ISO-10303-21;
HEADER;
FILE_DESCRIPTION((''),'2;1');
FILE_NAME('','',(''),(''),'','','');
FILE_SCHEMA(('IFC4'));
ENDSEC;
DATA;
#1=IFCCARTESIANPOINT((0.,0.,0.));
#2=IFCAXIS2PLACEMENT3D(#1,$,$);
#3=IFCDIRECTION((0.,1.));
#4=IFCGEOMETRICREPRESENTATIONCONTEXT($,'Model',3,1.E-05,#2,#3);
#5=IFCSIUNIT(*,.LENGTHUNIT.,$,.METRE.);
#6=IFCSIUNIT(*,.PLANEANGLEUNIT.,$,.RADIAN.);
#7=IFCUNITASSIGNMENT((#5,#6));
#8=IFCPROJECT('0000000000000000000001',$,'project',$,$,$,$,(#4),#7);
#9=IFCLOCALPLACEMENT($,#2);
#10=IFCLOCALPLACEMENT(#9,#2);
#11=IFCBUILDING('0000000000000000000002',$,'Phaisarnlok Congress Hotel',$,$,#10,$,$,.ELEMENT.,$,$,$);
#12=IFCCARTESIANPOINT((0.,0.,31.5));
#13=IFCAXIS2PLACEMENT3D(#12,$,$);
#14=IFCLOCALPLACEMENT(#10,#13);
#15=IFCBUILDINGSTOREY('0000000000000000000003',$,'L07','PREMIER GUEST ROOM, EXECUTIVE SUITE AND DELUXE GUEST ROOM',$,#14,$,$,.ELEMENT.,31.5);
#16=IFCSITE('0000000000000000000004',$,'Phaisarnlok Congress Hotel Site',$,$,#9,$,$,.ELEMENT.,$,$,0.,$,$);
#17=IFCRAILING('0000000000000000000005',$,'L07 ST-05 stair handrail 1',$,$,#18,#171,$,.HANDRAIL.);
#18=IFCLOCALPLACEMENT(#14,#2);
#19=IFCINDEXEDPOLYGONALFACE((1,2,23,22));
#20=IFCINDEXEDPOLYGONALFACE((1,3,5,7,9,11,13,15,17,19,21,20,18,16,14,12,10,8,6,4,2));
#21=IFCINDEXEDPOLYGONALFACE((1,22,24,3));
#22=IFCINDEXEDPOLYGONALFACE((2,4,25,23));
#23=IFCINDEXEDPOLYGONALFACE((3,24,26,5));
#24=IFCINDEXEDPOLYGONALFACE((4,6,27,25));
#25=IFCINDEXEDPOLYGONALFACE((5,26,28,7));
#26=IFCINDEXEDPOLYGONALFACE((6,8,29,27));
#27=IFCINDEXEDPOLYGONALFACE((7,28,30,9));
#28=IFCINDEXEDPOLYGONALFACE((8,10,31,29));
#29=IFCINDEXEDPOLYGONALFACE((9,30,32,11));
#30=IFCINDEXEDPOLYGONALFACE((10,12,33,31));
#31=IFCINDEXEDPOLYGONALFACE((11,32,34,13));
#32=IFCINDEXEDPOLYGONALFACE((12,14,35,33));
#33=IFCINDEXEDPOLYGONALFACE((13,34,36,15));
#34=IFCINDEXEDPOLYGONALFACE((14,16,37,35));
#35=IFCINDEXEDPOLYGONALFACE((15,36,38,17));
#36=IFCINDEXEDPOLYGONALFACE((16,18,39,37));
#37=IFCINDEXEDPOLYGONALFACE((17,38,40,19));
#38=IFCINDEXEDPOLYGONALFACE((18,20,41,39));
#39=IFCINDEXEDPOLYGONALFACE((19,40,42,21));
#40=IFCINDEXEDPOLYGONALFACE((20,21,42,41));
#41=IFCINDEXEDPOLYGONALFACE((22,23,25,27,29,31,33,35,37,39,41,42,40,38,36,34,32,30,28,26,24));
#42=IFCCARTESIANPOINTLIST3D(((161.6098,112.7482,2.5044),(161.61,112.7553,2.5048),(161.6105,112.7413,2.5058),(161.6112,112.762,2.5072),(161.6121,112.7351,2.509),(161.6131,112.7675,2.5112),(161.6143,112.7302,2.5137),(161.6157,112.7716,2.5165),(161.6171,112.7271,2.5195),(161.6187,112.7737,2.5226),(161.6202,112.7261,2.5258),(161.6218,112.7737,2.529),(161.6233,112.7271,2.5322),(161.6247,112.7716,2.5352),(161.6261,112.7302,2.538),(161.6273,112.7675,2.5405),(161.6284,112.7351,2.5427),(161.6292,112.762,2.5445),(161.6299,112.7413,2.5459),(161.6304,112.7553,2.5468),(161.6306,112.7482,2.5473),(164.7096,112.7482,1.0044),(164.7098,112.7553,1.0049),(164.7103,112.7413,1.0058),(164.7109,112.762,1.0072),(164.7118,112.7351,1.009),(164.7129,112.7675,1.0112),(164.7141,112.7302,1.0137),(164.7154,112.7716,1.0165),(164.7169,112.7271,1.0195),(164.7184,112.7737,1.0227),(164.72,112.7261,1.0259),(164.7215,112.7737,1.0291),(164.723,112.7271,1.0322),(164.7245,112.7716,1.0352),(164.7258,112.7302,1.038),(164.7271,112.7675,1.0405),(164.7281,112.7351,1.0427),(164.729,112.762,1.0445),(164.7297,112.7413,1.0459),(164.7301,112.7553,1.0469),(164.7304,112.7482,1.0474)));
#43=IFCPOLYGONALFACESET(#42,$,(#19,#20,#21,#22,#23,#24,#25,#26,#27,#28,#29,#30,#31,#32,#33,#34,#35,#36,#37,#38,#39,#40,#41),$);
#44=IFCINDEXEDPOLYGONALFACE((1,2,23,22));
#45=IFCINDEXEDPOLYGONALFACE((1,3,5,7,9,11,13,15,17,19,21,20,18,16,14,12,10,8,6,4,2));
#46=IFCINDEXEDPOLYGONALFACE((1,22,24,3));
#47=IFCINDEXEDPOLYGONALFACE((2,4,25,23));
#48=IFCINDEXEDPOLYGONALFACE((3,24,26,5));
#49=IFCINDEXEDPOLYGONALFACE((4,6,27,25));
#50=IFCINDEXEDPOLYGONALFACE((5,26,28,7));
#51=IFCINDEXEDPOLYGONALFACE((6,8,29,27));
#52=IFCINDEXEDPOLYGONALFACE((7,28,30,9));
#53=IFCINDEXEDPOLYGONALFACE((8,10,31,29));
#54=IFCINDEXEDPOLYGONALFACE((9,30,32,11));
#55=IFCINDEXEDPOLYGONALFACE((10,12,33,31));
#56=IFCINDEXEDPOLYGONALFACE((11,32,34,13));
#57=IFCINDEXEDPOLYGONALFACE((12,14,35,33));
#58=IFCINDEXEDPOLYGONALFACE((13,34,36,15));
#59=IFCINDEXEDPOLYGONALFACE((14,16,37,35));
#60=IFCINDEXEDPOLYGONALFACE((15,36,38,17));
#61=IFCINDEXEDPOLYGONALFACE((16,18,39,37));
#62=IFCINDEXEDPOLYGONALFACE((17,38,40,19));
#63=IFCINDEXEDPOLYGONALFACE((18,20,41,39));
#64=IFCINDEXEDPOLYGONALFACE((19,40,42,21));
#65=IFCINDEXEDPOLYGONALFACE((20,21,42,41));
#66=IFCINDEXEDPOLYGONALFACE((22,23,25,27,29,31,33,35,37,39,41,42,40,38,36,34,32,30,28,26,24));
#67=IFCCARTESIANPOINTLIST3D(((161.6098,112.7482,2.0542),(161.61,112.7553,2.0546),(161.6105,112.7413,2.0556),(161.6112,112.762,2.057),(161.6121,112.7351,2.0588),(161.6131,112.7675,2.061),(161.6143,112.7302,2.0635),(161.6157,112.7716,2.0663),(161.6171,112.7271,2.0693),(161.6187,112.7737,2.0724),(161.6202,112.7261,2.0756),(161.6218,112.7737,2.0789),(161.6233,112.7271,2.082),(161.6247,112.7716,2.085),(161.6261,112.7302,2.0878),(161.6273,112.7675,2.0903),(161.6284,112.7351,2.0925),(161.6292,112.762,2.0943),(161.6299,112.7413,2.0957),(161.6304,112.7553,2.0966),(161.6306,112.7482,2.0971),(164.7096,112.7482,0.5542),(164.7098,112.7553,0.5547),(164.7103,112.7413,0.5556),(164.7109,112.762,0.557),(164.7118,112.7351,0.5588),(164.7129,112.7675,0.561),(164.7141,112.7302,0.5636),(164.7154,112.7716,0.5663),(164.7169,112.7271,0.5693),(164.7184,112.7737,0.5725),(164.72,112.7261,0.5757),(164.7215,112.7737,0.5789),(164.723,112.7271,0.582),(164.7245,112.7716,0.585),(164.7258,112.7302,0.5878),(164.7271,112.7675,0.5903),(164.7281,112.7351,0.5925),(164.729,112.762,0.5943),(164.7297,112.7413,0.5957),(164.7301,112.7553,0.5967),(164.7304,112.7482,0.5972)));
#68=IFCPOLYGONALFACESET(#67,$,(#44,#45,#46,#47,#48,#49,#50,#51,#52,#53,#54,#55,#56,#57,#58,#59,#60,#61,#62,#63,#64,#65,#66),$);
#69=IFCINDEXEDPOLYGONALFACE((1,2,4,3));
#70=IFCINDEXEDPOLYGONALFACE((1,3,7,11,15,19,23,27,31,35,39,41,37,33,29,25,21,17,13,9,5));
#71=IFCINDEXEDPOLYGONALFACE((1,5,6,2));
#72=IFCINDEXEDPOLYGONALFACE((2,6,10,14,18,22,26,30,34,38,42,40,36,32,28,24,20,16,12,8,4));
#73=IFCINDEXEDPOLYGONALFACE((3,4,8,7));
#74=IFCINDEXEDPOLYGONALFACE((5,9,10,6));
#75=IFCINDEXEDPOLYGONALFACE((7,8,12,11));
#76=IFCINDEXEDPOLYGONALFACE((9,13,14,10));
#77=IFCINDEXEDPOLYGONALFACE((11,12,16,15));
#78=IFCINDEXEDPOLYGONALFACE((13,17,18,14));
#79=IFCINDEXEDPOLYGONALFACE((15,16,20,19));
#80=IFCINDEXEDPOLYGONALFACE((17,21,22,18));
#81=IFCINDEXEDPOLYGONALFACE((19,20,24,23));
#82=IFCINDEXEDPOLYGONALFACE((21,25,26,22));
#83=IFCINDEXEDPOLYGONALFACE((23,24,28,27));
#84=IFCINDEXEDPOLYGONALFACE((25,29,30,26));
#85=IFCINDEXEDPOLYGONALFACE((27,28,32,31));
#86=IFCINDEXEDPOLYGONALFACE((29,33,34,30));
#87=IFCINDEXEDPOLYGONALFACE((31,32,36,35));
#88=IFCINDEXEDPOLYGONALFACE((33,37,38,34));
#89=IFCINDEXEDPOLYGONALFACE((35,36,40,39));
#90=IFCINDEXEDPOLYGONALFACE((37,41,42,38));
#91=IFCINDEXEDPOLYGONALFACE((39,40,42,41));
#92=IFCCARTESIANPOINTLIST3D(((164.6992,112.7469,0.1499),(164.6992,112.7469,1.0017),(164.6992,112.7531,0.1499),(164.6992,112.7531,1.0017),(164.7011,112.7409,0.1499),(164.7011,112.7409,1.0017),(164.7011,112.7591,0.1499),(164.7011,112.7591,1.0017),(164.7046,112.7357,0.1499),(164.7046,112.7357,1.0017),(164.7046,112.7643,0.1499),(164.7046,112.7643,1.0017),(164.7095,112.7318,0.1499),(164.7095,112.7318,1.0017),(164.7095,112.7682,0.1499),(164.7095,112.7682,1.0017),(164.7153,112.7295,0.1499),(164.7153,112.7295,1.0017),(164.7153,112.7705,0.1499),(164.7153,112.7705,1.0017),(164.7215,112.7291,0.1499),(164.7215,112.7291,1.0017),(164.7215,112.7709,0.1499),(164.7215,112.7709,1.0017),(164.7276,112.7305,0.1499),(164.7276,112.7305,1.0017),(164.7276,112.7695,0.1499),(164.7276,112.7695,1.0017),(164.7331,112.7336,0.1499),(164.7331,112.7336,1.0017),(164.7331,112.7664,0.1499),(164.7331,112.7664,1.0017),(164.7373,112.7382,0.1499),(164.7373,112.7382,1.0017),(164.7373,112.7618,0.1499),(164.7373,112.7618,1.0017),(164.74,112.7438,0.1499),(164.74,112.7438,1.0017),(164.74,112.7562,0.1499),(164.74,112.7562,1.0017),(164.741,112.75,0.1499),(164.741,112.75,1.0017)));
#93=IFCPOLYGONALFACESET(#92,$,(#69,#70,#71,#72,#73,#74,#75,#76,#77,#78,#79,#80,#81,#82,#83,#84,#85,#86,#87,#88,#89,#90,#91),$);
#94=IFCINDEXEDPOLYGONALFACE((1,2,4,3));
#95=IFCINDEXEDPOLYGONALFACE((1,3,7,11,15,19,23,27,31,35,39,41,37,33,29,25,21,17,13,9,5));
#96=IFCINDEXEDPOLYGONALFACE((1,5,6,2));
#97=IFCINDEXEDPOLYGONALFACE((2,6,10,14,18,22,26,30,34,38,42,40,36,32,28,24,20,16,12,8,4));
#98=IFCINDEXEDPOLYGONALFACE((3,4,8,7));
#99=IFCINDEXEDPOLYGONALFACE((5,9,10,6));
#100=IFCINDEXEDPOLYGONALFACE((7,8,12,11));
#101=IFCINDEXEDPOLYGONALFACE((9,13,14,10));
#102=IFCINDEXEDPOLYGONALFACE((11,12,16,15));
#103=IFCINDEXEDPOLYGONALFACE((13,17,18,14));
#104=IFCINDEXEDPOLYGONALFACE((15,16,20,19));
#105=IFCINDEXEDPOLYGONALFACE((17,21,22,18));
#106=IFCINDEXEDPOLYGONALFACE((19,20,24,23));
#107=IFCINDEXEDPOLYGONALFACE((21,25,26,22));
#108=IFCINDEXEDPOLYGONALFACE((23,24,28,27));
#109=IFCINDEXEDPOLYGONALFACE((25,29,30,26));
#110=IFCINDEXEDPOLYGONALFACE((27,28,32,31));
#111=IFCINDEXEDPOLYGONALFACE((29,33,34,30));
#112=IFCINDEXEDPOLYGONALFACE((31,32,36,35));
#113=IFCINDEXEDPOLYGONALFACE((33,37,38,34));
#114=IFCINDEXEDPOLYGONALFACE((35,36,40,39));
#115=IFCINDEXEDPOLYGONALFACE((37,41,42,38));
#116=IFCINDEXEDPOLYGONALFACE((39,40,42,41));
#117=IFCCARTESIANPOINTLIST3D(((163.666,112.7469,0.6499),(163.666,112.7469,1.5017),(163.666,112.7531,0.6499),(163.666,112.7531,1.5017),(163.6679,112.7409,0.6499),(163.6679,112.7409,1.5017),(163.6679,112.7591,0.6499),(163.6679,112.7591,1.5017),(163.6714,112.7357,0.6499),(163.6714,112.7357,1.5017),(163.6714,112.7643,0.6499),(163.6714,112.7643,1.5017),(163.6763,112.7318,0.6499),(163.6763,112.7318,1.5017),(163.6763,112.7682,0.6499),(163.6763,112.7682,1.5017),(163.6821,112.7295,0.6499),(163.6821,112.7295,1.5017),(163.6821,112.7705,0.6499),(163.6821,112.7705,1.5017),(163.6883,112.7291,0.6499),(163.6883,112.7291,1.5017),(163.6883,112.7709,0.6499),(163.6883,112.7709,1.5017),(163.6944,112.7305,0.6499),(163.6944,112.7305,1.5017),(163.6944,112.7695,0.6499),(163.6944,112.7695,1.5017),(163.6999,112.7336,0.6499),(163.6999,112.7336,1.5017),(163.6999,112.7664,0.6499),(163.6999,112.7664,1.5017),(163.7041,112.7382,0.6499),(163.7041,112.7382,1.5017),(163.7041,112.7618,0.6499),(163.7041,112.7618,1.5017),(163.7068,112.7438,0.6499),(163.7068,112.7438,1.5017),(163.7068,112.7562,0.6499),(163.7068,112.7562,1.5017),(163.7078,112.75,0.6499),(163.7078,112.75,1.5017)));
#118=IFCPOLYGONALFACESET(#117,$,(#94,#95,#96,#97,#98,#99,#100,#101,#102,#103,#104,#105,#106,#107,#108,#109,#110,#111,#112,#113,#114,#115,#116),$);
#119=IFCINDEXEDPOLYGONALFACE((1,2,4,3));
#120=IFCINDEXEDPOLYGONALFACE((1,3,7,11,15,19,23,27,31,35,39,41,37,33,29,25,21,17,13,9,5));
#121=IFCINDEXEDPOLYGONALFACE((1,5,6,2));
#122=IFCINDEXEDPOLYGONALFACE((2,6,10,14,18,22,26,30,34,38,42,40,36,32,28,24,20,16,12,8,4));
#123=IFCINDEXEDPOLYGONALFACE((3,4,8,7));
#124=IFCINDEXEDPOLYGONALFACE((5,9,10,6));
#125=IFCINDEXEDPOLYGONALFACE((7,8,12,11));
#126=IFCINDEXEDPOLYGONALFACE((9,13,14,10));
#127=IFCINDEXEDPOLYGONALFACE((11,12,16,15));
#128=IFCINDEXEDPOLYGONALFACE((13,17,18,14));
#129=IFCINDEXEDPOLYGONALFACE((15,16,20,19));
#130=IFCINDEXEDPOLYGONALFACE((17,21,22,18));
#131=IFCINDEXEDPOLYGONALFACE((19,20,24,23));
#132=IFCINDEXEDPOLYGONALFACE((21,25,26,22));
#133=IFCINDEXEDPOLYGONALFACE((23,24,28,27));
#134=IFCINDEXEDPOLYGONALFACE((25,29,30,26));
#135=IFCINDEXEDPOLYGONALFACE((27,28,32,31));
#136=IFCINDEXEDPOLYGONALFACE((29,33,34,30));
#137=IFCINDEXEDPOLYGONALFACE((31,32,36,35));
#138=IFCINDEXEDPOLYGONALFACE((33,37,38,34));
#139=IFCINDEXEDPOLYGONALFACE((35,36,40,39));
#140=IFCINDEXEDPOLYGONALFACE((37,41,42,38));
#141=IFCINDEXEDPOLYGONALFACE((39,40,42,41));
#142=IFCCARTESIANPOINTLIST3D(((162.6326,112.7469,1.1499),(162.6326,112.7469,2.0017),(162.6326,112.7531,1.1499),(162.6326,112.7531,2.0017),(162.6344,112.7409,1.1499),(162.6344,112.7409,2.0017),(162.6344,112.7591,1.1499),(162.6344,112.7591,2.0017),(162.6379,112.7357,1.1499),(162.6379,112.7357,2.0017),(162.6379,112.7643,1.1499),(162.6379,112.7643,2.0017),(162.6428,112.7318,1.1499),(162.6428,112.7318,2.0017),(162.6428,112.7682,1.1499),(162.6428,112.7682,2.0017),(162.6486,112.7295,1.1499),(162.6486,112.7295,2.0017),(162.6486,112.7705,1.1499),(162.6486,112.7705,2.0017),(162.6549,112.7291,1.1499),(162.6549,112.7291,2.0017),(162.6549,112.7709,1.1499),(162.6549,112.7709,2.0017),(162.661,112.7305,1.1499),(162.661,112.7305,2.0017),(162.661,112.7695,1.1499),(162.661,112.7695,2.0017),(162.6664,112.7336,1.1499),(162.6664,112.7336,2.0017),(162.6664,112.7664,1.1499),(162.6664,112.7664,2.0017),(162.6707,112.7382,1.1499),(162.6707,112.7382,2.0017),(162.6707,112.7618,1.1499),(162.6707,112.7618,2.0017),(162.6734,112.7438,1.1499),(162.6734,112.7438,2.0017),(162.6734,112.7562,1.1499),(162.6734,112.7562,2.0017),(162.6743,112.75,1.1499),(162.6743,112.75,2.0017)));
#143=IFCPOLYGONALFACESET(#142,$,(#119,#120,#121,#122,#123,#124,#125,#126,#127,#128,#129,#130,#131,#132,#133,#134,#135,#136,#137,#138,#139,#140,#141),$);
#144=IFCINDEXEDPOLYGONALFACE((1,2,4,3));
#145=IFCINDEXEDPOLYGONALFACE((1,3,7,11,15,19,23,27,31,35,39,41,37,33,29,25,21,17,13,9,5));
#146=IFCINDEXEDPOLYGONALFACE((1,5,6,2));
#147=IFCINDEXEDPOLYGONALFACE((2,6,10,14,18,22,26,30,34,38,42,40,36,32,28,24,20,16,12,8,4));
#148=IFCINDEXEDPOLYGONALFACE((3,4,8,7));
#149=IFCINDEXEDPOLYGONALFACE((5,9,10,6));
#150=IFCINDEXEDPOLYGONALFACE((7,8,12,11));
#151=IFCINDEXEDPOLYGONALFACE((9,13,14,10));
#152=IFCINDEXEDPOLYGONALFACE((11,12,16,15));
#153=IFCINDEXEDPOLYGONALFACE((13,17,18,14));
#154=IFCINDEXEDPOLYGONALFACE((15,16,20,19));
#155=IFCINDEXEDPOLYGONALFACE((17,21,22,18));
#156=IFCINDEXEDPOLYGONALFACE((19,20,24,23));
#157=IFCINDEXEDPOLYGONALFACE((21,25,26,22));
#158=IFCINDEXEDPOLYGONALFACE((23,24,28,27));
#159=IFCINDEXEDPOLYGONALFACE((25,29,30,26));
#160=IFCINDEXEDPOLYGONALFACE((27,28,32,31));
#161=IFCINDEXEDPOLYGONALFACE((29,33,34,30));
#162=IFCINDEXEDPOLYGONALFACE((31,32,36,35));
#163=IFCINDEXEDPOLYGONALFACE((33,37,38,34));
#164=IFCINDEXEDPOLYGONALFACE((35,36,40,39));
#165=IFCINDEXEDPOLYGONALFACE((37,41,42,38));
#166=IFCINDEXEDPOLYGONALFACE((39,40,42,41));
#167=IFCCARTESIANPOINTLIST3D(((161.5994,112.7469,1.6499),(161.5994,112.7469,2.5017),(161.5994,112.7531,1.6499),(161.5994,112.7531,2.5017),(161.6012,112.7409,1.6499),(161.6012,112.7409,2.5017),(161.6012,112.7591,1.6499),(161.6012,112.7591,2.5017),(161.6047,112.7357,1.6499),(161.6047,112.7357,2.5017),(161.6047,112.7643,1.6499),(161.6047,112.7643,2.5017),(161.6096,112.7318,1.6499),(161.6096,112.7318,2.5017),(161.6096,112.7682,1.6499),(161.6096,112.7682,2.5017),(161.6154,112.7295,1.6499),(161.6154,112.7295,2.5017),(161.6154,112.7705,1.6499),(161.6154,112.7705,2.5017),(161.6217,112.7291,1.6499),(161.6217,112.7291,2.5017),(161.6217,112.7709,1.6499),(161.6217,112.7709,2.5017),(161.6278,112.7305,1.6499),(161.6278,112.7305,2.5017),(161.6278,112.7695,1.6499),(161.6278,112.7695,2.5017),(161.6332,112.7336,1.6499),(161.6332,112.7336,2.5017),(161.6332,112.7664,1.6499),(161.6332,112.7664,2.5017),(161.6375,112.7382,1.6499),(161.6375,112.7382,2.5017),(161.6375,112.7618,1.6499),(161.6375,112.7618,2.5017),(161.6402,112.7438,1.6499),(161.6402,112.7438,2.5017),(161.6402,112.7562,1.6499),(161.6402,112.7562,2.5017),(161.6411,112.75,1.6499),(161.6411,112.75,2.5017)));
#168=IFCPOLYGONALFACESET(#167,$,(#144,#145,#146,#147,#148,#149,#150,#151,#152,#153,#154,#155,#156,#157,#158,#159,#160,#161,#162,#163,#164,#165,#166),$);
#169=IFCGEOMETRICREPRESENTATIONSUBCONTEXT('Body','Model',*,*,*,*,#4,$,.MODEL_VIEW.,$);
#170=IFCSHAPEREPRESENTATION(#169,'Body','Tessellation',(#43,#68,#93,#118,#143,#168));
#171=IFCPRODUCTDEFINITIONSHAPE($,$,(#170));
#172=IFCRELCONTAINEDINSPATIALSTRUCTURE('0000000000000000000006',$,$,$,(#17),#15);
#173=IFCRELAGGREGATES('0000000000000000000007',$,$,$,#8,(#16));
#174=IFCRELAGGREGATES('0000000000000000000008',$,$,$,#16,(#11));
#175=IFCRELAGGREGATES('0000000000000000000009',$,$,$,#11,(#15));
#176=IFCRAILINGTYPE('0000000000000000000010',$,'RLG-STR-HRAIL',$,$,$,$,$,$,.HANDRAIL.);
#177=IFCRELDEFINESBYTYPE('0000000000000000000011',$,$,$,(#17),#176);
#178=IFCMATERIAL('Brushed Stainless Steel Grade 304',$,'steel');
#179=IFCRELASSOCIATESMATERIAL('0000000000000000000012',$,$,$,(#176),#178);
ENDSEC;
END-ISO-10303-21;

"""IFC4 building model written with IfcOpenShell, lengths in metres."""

from ifc_helpers import new_model, si_unit, direction, frame, origin, origin_2d, place, context, subcontext, project, spatial, circle, extrude, material, type_object, element, save


model = new_model("IFC4")

# Units and contexts
model_context = context("Model", 3, precision=1e-05, world=origin(), true_north=direction((0.0, 1.0)))
body_context = subcontext(model_context, "Body", "Model", "MODEL_VIEW")
ifc_project = project(units=[si_unit("LENGTHUNIT", "METRE"), si_unit("PLANEANGLEUNIT", "RADIAN")], contexts=[model_context])

# Site, building, storey
site_placement = place(None, origin())
site = spatial("IfcSite", under=ifc_project, at=site_placement, Name="Phaisarnlok Congress Hotel Site", CompositionType="ELEMENT", RefElevation=0.0)
building_placement = place(site_placement, origin())
building = spatial("IfcBuilding", under=site, at=building_placement, Name="Phaisarnlok Congress Hotel", CompositionType="ELEMENT")
storey_placement = place(building_placement, frame((0.0, 0.0, 31.5)))
storey = spatial("IfcBuildingStorey", under=building, at=storey_placement, Name="L07", Description="PREMIER GUEST ROOM, EXECUTIVE SUITE AND DELUXE GUEST ROOM", CompositionType="ELEMENT", Elevation=31.5)

# Railing
ifc_material_1 = material(Name="Brushed Stainless Steel Grade 304", Category="steel")
railing_type_1 = type_object("IfcRailingType", Name="RLG-STR-HRAIL", PredefinedType="HANDRAIL", material=ifc_material_1)
railing_1_placement = place(storey_placement, frame((164.72, 112.75, 0.1499)))
element("IfcRailing", 1, at=railing_1_placement, inside=storey, type_object=railing_type_1, Name="L07 ST-05 stair handrail 1", PredefinedType="HANDRAIL", context=body_context, shape_type="SweptSolid", body=[
    extrude(circle(Radius=0.0239, at=origin_2d()), frame((0.0, 0.0, 0.876), z_axis=(-0.900151, 0.0, 0.435578), x_axis=(0.0, -1.0, 0.0)), (0.0, 0.0, 1.0), 3.4436),
    extrude(circle(Radius=0.0239, at=origin_2d()), frame((0.0, 0.0, 0.4258), z_axis=(-0.900151, 0.0, 0.435578), x_axis=(0.0, -1.0, 0.0)), (0.0, 0.0, 1.0), 3.4436),
    extrude(circle(Radius=0.021, at=origin_2d()), origin(), (0.0, 0.0, 1.0), 0.8518),
    extrude(circle(Radius=0.021, at=origin_2d()), frame((-1.0332, 0.0, 0.5)), (0.0, 0.0, 1.0), 0.8518),
    extrude(circle(Radius=0.021, at=origin_2d()), frame((-2.0667, 0.0, 1.0)), (0.0, 0.0, 1.0), 0.8518),
    extrude(circle(Radius=0.021, at=origin_2d()), frame((-3.0999, 0.0, 1.5)), (0.0, 0.0, 1.0), 0.8518),
])

save(model, "model.ifc")
